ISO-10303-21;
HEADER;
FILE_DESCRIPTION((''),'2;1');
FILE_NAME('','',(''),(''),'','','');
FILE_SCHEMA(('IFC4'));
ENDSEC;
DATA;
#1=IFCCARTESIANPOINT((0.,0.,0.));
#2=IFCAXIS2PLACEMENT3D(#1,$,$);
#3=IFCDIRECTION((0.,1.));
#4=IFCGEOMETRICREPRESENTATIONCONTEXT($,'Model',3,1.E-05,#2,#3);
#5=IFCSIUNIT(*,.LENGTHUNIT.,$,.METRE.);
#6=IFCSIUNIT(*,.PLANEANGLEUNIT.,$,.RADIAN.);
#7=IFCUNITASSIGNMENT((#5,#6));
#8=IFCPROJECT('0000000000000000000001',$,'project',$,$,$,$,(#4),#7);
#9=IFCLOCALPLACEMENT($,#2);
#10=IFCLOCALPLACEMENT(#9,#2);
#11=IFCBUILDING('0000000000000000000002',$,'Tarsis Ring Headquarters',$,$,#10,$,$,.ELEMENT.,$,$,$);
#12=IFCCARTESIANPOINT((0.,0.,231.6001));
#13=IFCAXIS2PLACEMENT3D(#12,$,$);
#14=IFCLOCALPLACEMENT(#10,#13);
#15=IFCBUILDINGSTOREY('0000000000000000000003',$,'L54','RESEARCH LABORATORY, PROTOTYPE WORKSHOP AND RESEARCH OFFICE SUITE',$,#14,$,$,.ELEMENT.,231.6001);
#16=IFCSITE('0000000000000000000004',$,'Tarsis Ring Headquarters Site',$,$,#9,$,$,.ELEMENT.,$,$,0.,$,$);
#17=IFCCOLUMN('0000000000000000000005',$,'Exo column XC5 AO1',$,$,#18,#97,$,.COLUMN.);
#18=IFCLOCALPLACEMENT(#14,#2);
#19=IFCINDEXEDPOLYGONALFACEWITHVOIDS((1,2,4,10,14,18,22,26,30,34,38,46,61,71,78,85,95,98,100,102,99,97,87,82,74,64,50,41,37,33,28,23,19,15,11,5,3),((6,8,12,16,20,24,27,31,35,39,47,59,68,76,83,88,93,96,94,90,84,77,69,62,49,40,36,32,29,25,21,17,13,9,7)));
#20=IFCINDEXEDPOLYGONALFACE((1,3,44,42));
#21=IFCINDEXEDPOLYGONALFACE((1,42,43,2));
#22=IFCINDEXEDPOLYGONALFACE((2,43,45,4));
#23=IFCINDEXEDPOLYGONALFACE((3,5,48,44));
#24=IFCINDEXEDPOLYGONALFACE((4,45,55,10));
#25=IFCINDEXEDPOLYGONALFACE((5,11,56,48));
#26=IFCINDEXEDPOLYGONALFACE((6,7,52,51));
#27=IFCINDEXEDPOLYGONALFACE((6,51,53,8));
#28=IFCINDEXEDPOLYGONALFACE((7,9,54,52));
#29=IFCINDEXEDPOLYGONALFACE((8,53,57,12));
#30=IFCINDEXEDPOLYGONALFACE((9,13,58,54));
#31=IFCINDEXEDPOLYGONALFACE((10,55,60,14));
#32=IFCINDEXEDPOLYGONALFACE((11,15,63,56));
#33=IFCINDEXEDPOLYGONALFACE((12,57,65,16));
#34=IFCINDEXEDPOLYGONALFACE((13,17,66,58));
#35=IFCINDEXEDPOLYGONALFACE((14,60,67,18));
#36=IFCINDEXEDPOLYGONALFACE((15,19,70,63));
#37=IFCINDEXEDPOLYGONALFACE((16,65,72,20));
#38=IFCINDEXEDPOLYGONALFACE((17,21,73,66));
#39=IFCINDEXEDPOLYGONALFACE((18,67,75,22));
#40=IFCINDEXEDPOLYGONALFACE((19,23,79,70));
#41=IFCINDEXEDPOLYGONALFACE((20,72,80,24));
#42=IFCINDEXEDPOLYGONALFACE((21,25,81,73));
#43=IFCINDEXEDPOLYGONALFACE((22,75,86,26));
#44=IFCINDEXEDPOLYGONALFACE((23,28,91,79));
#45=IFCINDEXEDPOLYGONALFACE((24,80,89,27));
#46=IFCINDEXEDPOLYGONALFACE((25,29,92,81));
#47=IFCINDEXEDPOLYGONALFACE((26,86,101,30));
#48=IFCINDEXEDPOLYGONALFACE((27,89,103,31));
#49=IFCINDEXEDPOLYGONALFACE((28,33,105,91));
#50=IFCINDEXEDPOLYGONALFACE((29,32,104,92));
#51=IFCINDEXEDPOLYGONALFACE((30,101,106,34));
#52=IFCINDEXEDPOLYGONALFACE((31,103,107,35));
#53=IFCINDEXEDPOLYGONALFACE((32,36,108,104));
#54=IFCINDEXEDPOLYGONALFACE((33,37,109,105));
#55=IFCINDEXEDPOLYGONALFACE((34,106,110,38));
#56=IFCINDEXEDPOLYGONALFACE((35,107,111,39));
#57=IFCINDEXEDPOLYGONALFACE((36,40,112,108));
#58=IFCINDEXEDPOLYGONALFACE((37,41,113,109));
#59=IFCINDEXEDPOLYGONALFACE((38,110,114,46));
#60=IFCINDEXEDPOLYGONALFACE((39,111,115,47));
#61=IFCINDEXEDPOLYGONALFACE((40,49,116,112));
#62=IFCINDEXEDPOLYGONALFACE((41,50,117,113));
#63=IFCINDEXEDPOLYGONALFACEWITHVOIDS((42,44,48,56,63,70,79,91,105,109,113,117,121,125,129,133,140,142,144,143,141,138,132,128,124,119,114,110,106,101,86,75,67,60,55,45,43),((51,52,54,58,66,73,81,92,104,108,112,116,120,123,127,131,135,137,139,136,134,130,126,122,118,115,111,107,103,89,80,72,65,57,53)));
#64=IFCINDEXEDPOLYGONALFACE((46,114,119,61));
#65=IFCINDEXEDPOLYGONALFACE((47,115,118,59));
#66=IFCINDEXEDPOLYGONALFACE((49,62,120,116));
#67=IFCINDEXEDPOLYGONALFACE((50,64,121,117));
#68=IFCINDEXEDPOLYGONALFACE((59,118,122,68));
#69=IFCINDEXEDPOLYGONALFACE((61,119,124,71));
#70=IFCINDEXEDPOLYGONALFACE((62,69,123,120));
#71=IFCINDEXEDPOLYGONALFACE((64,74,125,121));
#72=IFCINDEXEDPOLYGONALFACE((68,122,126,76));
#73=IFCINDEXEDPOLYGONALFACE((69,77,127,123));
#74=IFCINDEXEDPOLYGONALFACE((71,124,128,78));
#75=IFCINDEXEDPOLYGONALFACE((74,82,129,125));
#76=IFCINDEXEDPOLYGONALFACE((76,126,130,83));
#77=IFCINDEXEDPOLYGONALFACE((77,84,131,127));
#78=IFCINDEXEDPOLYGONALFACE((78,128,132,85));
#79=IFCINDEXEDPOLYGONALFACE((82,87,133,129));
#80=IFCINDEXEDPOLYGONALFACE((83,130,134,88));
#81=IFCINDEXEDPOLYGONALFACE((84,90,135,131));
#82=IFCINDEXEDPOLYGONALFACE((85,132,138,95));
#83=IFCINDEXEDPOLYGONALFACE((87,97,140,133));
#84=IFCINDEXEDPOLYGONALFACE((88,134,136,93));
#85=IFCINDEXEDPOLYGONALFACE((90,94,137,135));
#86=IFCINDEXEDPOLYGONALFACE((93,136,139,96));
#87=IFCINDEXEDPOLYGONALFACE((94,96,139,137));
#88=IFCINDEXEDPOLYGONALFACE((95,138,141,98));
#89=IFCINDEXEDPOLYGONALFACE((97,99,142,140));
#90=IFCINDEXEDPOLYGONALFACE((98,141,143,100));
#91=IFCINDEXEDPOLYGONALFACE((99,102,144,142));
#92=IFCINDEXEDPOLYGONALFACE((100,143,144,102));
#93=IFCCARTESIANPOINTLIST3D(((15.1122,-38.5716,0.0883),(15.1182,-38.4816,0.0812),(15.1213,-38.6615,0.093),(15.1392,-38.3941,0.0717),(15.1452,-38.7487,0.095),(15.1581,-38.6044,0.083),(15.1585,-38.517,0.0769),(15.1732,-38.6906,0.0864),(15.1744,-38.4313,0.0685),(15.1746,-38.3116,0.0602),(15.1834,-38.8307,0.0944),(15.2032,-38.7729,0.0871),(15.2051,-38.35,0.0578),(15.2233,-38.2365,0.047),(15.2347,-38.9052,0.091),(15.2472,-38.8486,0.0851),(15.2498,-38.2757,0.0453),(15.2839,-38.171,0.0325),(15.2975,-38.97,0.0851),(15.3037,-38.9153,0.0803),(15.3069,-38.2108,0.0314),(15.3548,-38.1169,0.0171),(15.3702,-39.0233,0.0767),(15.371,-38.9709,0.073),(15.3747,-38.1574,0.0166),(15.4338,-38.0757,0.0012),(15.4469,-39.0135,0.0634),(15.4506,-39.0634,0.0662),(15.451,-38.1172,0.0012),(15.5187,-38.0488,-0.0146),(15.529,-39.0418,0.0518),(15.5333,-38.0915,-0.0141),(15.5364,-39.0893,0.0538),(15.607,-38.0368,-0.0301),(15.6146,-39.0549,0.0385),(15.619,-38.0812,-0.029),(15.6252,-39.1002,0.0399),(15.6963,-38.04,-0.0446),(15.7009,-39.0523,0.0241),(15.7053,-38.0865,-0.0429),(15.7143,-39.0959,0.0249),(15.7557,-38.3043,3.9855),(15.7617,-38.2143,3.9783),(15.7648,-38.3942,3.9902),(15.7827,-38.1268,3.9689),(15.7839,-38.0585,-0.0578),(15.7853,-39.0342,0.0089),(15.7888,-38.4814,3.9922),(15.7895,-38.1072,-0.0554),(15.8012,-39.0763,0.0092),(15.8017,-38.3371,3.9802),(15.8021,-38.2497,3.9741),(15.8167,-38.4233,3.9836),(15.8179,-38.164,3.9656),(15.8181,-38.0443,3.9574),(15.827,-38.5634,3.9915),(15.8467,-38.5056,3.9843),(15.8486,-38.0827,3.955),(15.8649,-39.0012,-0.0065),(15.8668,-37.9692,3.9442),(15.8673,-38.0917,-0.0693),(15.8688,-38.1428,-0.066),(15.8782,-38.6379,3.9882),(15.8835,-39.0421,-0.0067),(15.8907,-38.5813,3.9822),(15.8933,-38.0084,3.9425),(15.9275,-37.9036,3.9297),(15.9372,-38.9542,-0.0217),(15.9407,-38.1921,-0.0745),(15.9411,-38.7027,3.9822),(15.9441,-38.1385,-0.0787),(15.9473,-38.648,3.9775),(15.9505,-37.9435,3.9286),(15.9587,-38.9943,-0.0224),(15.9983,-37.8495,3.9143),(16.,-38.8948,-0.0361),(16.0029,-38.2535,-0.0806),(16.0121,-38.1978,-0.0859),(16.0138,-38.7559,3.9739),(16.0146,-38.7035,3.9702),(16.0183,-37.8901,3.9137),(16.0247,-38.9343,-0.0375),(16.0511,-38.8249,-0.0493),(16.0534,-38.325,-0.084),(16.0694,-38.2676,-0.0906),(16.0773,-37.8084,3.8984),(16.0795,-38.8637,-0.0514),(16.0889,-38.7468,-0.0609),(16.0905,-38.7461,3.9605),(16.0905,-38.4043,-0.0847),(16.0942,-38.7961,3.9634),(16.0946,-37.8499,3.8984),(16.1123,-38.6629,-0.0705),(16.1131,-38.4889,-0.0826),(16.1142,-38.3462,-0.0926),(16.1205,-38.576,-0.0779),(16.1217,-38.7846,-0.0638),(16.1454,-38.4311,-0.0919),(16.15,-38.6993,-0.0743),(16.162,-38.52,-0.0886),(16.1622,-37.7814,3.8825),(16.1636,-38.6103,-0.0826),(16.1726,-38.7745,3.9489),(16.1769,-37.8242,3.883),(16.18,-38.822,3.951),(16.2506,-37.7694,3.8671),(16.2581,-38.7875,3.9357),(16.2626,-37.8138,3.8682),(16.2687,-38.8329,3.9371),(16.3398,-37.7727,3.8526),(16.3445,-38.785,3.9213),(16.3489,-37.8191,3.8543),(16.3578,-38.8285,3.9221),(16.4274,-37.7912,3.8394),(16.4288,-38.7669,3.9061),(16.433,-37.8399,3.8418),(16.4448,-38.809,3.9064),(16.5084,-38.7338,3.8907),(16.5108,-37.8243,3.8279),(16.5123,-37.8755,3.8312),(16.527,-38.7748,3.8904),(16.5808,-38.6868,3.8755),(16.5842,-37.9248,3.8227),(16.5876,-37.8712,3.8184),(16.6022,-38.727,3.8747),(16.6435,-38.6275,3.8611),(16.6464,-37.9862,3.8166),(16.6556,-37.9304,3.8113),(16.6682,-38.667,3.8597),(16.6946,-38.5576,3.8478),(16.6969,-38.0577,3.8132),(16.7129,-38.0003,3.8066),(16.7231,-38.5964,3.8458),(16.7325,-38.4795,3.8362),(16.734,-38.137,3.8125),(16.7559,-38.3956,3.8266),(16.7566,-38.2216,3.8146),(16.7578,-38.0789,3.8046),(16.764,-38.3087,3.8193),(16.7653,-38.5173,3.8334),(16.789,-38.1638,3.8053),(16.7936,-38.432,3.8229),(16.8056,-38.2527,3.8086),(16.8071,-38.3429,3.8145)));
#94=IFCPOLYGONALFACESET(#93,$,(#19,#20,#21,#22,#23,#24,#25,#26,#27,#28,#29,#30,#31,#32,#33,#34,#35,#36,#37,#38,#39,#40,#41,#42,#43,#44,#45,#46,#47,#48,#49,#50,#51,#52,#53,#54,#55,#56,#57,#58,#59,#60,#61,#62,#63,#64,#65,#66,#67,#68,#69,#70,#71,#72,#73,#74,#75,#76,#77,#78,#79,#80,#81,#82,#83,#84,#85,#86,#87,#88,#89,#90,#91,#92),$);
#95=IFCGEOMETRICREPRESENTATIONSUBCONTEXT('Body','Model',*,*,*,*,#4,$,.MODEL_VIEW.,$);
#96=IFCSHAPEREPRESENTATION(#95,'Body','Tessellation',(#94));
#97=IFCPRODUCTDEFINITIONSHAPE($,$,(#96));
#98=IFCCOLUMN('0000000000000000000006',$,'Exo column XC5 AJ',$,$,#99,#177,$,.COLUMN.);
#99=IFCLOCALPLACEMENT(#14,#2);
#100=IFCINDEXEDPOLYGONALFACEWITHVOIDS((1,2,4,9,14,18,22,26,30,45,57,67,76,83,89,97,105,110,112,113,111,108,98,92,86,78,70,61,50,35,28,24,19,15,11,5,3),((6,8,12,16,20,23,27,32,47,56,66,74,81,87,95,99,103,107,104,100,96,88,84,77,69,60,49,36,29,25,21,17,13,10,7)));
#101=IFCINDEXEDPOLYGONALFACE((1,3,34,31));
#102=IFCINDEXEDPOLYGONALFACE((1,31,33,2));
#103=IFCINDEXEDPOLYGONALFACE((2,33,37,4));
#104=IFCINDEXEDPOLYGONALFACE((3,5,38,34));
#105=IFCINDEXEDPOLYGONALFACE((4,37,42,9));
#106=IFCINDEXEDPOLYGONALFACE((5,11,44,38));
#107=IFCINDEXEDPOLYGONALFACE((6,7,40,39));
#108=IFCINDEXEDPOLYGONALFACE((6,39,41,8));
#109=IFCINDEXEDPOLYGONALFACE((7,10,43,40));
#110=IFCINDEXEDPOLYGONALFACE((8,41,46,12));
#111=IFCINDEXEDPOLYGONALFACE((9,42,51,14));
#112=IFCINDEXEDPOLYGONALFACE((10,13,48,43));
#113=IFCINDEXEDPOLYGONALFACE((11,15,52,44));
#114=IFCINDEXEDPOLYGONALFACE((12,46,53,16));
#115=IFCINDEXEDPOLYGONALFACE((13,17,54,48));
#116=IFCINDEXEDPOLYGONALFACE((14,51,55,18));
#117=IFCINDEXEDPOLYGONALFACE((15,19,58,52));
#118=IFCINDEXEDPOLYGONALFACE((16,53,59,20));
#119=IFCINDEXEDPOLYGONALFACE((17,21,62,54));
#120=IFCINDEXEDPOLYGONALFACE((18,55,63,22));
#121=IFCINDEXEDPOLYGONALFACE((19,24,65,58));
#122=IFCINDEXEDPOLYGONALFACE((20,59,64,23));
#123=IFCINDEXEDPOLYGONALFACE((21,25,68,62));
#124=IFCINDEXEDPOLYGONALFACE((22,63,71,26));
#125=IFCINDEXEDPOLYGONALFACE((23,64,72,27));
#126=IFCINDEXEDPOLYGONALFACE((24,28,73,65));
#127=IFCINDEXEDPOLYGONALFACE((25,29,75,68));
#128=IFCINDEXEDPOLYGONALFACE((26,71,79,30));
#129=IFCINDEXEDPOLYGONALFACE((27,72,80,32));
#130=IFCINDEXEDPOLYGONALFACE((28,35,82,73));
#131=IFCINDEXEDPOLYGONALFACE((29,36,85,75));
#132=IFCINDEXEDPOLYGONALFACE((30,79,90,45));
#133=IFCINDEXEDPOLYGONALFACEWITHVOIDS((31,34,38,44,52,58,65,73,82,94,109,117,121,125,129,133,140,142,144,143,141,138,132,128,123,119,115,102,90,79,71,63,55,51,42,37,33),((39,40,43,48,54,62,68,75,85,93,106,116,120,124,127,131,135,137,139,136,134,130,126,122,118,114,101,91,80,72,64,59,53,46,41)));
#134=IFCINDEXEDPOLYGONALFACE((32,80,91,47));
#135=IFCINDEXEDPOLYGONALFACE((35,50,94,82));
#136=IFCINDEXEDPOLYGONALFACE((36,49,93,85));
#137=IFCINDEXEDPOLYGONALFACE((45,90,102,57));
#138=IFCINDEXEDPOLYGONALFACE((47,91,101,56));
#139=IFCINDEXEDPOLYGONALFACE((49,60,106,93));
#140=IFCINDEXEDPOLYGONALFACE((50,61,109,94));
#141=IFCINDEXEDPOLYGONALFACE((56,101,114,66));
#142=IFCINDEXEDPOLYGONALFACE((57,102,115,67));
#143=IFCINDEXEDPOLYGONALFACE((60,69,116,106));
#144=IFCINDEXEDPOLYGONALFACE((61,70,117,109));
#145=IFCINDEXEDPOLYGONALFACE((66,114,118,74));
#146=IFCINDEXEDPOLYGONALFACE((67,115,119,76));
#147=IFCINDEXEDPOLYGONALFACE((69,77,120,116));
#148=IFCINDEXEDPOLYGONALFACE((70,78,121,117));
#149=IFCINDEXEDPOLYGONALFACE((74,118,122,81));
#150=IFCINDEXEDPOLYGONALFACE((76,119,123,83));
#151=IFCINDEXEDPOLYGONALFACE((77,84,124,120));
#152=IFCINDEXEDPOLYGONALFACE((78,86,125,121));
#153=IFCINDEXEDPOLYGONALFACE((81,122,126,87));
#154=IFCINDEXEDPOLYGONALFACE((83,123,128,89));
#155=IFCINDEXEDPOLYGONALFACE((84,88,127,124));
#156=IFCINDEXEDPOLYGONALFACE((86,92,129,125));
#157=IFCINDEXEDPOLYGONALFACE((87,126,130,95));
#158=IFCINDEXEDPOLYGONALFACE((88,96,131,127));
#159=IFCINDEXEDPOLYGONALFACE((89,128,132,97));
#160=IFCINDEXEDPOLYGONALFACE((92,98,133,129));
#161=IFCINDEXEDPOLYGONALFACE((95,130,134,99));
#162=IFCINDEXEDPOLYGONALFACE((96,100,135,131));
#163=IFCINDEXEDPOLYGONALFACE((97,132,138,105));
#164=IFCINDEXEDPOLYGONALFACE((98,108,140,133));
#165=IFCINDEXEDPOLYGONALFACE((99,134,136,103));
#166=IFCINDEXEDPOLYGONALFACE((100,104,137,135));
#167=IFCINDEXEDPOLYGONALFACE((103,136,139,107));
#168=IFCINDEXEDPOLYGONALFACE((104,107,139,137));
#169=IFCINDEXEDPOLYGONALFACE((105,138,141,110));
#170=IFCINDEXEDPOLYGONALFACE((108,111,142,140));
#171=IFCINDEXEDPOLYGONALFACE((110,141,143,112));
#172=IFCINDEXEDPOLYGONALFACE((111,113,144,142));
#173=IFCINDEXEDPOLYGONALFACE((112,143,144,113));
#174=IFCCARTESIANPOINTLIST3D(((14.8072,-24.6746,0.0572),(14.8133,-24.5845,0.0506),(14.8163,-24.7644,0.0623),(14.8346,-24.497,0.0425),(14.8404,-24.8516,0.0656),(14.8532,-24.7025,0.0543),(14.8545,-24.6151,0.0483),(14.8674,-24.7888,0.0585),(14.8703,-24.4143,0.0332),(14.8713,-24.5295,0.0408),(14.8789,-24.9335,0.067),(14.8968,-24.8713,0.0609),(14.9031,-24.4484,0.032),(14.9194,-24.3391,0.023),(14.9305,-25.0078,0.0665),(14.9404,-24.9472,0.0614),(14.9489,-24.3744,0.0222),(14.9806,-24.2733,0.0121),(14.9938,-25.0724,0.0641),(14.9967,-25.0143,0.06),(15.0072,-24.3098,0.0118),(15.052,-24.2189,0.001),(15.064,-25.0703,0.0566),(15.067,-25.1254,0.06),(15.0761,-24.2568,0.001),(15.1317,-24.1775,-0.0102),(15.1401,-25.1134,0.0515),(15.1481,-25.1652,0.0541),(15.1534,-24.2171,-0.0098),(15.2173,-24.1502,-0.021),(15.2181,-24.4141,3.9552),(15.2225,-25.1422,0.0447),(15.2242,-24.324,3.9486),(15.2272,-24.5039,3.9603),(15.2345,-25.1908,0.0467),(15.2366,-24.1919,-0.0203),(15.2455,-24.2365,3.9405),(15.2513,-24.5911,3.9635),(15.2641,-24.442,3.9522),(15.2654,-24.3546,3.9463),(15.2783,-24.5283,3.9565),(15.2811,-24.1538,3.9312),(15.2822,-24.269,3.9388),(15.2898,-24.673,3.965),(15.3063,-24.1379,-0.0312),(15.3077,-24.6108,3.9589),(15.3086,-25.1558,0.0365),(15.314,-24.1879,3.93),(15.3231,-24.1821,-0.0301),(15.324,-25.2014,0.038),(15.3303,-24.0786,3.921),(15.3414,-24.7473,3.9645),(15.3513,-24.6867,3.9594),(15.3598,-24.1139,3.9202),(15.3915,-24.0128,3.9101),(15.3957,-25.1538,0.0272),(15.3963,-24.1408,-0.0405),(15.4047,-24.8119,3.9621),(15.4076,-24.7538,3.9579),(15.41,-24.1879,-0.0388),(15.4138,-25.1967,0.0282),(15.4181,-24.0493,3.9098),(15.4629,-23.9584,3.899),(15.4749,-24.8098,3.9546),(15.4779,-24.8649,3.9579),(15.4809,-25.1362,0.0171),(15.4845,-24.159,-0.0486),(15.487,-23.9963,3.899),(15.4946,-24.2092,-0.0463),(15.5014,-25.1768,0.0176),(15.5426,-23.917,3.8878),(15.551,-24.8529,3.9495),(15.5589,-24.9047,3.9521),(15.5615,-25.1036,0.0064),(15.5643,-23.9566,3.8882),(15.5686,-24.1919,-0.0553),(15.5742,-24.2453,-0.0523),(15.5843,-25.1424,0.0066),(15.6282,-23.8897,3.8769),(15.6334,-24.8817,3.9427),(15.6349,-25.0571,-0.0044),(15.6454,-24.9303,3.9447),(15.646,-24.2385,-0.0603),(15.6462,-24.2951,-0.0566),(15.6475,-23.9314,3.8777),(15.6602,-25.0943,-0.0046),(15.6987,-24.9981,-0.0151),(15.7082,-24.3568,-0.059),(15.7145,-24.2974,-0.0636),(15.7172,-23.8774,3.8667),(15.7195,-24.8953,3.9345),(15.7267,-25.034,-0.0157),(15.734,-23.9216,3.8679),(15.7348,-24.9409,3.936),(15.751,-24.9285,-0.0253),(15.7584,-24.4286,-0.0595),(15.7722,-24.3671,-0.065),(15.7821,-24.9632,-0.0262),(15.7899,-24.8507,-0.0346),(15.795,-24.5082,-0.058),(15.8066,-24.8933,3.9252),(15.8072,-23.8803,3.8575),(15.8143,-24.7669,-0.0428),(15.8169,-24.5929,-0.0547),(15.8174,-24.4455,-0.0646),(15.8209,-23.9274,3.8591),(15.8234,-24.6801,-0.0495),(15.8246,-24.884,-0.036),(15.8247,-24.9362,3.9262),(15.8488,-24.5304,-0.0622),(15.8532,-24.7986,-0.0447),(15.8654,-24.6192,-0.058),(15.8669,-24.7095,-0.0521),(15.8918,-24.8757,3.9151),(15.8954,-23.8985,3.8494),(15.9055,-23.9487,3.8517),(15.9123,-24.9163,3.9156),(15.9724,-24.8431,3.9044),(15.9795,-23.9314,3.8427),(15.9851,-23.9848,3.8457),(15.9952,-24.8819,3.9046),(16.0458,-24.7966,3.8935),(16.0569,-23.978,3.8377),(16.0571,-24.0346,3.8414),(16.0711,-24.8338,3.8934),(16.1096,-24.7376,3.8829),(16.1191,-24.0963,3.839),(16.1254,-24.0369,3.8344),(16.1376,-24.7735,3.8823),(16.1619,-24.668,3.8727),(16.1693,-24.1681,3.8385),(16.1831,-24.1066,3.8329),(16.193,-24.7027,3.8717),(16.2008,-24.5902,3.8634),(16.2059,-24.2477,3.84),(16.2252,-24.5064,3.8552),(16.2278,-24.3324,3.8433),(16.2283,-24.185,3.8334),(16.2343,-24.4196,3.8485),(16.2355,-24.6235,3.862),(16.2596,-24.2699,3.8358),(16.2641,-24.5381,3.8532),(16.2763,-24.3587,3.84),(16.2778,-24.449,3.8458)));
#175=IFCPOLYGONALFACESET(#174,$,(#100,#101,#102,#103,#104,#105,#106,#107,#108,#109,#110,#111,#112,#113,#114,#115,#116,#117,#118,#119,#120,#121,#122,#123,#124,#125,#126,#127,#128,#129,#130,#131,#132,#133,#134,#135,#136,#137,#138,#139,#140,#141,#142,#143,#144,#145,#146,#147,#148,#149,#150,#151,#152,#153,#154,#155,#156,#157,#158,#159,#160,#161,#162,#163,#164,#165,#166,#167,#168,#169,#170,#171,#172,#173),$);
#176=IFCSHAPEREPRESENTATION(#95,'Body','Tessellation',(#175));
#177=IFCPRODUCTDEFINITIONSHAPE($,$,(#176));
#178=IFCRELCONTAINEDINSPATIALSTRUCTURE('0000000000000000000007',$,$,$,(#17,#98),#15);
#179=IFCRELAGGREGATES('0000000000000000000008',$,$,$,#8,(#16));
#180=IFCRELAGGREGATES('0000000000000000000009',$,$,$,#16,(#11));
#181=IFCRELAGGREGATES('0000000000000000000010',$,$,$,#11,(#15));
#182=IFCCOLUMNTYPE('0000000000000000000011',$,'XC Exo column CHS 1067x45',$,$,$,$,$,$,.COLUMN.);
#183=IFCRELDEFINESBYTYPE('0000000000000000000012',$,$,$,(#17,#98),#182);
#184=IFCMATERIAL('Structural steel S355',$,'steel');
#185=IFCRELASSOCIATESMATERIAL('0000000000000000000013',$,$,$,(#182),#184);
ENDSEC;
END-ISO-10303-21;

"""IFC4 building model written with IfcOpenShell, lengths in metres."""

from ifc_helpers import new_model, si_unit, direction, frame, origin, origin_2d, place, context, subcontext, project, spatial, hollow_circle, extrude, material, material_profile, profile_set, type_object, element, save


model = new_model("IFC4")

# Units and contexts
model_context = context("Model", 3, precision=1e-05, world=origin(), true_north=direction((0.0, 1.0)))
body_context = subcontext(model_context, "Body", "Model", "MODEL_VIEW")
ifc_project = project(units=[si_unit("LENGTHUNIT", "METRE"), si_unit("PLANEANGLEUNIT", "RADIAN")], contexts=[model_context])

# Site, building, storey
site_placement = place(None, origin())
site = spatial("IfcSite", under=ifc_project, at=site_placement, Name="Tarsis Ring Headquarters Site", CompositionType="ELEMENT", RefElevation=0.0)
building_placement = place(site_placement, origin())
building = spatial("IfcBuilding", under=site, at=building_placement, Name="Tarsis Ring Headquarters", CompositionType="ELEMENT")
storey_placement = place(building_placement, frame((0.0, 0.0, 231.6001)))
storey = spatial("IfcBuildingStorey", under=building, at=storey_placement, Name="L54", Description="RESEARCH LABORATORY, PROTOTYPE WORKSHOP AND RESEARCH OFFICE SUITE", CompositionType="ELEMENT", Elevation=231.6001)

# Columns
ifc_material_1 = material(Name="Structural steel S355", Category="steel")
ifc_material_profile_1 = material_profile(ifc_material_1, hollow_circle(Radius=0.5334, WallThickness=0.0449, at=origin_2d()), Name="CHS 1067x45")
ifc_profile_set_1 = profile_set([ifc_material_profile_1], Name="Structural steel S355")
column_type = type_object("IfcColumnType", Name="XC Exo column CHS 1067x45", PredefinedType="COLUMN", material=ifc_profile_set_1)
column_1_placement = place(storey_placement, frame((15.6384, -38.5684, 0.0012), z_axis=(0.162554, 0.067525, 0.984386), x_axis=(-0.38362, 0.923491, 0.0)))
element("IfcColumn", 1, at=column_1_placement, inside=storey, type_object=column_type, Name="Exo column XC5 AO1", PredefinedType="COLUMN", context=body_context, shape_type="SweptSolid", body=[
    extrude(hollow_circle(Radius=0.5334, WallThickness=0.0449, at=origin_2d()), origin(), (0.0, 0.0, 1.0), 3.959),
])
column_2_placement = place(storey_placement, frame((15.3376, -24.6694, 0.001), z_axis=(0.1046, 0.066315, 0.992301), x_axis=(-0.535446, 0.844569, 0.0)))
element("IfcColumn", 2, at=column_2_placement, inside=storey, type_object=column_type, Name="Exo column XC5 AJ", PredefinedType="COLUMN", context=body_context, shape_type="SweptSolid", body=[
    extrude(hollow_circle(Radius=0.5334, WallThickness=0.0449, at=origin_2d()), origin(), (0.0, 0.0, 1.0), 3.9282),
])

save(model, "model.ifc")
